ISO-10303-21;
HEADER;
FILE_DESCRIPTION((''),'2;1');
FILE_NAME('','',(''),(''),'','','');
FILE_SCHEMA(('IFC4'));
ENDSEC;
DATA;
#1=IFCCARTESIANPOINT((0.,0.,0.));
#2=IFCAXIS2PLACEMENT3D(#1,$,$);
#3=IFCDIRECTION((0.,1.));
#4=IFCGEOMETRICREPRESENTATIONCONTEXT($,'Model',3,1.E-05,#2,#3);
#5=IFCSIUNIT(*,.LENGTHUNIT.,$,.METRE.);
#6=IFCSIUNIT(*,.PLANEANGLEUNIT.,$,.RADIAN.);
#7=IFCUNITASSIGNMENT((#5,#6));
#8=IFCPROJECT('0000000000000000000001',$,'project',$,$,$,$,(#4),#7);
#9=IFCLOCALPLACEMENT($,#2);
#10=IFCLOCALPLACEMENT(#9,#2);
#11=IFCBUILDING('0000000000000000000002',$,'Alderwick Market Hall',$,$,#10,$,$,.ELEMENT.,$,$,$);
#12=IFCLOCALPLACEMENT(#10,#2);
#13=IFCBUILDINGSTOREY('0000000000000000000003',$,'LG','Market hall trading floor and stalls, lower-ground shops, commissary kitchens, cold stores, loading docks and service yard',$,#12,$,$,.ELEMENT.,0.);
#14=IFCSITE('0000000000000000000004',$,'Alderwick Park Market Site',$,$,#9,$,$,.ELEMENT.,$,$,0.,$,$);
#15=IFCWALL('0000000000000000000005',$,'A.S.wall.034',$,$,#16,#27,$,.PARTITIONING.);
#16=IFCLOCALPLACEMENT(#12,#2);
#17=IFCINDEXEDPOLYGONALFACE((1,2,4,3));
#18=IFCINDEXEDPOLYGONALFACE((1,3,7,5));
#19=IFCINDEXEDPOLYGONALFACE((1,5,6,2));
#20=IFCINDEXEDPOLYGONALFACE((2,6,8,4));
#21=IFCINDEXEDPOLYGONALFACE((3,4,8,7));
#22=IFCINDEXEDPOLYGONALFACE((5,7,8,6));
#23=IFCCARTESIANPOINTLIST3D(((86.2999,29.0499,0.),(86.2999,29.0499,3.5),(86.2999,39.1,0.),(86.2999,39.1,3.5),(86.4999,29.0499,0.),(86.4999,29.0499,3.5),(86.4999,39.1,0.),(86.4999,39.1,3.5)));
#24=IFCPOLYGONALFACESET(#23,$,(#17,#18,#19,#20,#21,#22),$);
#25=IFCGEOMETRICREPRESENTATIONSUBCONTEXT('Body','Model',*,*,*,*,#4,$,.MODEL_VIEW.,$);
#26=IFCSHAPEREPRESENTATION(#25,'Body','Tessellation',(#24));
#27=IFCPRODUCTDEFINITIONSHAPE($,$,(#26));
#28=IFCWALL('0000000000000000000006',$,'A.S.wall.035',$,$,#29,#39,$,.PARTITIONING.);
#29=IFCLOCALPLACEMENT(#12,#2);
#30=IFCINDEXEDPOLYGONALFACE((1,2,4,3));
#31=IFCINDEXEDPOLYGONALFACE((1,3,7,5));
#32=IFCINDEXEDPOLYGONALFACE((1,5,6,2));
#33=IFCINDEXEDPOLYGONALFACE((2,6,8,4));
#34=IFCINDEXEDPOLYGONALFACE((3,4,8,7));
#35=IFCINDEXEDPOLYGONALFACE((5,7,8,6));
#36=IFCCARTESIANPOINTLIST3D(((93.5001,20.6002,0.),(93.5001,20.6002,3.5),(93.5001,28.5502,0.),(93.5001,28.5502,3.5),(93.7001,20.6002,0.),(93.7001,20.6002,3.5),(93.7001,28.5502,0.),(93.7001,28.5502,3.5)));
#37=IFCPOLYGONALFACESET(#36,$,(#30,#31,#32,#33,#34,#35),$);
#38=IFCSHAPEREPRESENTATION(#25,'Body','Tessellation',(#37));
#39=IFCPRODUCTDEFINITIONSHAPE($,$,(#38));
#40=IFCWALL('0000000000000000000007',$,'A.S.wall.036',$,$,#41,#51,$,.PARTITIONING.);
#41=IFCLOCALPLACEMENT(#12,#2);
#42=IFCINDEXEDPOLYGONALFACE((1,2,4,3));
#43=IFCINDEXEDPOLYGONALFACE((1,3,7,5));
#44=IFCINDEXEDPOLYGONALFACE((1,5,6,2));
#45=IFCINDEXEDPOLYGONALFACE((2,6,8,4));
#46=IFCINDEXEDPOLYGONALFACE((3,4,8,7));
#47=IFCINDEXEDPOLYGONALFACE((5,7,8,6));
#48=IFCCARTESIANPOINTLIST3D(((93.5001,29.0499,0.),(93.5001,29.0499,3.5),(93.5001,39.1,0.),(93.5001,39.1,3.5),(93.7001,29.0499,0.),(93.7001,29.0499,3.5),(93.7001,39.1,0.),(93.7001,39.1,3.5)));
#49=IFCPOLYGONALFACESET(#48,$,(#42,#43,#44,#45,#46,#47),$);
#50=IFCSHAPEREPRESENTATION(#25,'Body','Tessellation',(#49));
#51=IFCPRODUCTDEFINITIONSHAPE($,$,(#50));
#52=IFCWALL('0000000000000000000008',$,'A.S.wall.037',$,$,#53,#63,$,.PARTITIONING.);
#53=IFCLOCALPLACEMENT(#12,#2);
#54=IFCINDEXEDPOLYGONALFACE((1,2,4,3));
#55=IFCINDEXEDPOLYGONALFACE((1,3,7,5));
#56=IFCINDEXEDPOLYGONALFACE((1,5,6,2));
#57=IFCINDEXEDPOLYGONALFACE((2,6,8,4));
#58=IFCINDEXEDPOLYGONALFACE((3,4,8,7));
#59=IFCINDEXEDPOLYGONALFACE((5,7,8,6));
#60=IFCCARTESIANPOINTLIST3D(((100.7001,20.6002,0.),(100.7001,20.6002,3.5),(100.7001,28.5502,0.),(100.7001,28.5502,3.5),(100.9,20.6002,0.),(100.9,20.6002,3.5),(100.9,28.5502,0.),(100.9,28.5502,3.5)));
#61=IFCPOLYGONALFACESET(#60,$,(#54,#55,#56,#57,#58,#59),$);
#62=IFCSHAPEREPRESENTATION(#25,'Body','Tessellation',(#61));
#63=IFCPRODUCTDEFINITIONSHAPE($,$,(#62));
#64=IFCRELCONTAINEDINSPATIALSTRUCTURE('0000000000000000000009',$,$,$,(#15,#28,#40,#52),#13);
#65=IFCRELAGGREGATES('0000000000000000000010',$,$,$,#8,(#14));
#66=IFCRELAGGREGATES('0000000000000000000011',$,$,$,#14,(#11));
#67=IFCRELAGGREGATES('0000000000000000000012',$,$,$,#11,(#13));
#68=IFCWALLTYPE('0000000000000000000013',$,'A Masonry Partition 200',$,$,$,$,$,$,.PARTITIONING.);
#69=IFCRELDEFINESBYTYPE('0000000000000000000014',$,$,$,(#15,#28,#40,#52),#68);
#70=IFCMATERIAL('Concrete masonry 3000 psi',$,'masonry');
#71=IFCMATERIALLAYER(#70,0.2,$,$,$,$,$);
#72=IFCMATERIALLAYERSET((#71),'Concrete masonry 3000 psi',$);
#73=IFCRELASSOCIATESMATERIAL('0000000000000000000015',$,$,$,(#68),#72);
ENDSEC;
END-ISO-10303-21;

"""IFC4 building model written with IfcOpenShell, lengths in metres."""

from ifc_helpers import new_model, si_unit, direction, frame, frame_2d, origin, place, context, subcontext, project, spatial, rectangle, extrude, material, layer, layer_set, type_object, element, save


model = new_model("IFC4")

# Units and contexts
model_context = context("Model", 3, precision=1e-05, world=origin(), true_north=direction((0.0, 1.0)))
body_context = subcontext(model_context, "Body", "Model", "MODEL_VIEW")
ifc_project = project(units=[si_unit("LENGTHUNIT", "METRE"), si_unit("PLANEANGLEUNIT", "RADIAN")], contexts=[model_context])

# Site, building, storey
site_placement = place(None, origin())
site = spatial("IfcSite", under=ifc_project, at=site_placement, Name="Alderwick Park Market Site", CompositionType="ELEMENT", RefElevation=0.0)
building_placement = place(site_placement, origin())
building = spatial("IfcBuilding", under=site, at=building_placement, Name="Alderwick Market Hall", CompositionType="ELEMENT")
storey_placement = place(building_placement, origin())
storey = spatial("IfcBuildingStorey", under=building, at=storey_placement, Name="LG", Description="Market hall trading floor and stalls, lower-ground shops, commissary kitchens, cold stores, loading docks and service yard", CompositionType="ELEMENT", Elevation=0.0)

# Walls
ifc_material_1 = material(Name="Concrete masonry 3000 psi", Category="masonry")
ifc_layer_1 = layer(ifc_material_1, 0.2)
ifc_layer_set_1 = layer_set([ifc_layer_1], Name="Concrete masonry 3000 psi")
wall_type_1 = type_object("IfcWallType", Name="A Masonry Partition 200", PredefinedType="PARTITIONING", material=ifc_layer_set_1)
wall_1_placement = place(storey_placement, frame((86.3999, 29.05, 0.0), z_axis=(0.0, 0.0, 1.0), x_axis=(0.0, 1.0, 0.0)))
element("IfcWall", 1, at=wall_1_placement, inside=storey, type_object=wall_type_1, Name="A.S.wall.034", PredefinedType="PARTITIONING", context=body_context, shape_type="SweptSolid", body=[
    extrude(rectangle(XDim=10.05, YDim=0.2, at=frame_2d((5.0249, 0.0))), origin(), (0.0, 0.0, 1.0), 3.5),
])
wall_2_placement = place(storey_placement, frame((93.6001, 20.6001, 0.0), z_axis=(0.0, 0.0, 1.0), x_axis=(0.0, 1.0, 0.0)))
element("IfcWall", 2, at=wall_2_placement, inside=storey, type_object=wall_type_1, Name="A.S.wall.035", PredefinedType="PARTITIONING", context=body_context, shape_type="SweptSolid", body=[
    extrude(rectangle(XDim=7.95, YDim=0.2, at=frame_2d((3.9751, 0.0))), origin(), (0.0, 0.0, 1.0), 3.5),
])
wall_3_placement = place(storey_placement, frame((93.6001, 29.05, 0.0), z_axis=(0.0, 0.0, 1.0), x_axis=(0.0, 1.0, 0.0)))
element("IfcWall", 3, at=wall_3_placement, inside=storey, type_object=wall_type_1, Name="A.S.wall.036", PredefinedType="PARTITIONING", context=body_context, shape_type="SweptSolid", body=[
    extrude(rectangle(XDim=10.05, YDim=0.2, at=frame_2d((5.0249, 0.0))), origin(), (0.0, 0.0, 1.0), 3.5),
])
wall_4_placement = place(storey_placement, frame((100.8, 20.6001, 0.0), z_axis=(0.0, 0.0, 1.0), x_axis=(0.0, 1.0, 0.0)))
element("IfcWall", 4, at=wall_4_placement, inside=storey, type_object=wall_type_1, Name="A.S.wall.037", PredefinedType="PARTITIONING", context=body_context, shape_type="SweptSolid", body=[
    extrude(rectangle(XDim=7.95, YDim=0.2, at=frame_2d((3.9751, 0.0))), origin(), (0.0, 0.0, 1.0), 3.5),
])

save(model, "model.ifc")
